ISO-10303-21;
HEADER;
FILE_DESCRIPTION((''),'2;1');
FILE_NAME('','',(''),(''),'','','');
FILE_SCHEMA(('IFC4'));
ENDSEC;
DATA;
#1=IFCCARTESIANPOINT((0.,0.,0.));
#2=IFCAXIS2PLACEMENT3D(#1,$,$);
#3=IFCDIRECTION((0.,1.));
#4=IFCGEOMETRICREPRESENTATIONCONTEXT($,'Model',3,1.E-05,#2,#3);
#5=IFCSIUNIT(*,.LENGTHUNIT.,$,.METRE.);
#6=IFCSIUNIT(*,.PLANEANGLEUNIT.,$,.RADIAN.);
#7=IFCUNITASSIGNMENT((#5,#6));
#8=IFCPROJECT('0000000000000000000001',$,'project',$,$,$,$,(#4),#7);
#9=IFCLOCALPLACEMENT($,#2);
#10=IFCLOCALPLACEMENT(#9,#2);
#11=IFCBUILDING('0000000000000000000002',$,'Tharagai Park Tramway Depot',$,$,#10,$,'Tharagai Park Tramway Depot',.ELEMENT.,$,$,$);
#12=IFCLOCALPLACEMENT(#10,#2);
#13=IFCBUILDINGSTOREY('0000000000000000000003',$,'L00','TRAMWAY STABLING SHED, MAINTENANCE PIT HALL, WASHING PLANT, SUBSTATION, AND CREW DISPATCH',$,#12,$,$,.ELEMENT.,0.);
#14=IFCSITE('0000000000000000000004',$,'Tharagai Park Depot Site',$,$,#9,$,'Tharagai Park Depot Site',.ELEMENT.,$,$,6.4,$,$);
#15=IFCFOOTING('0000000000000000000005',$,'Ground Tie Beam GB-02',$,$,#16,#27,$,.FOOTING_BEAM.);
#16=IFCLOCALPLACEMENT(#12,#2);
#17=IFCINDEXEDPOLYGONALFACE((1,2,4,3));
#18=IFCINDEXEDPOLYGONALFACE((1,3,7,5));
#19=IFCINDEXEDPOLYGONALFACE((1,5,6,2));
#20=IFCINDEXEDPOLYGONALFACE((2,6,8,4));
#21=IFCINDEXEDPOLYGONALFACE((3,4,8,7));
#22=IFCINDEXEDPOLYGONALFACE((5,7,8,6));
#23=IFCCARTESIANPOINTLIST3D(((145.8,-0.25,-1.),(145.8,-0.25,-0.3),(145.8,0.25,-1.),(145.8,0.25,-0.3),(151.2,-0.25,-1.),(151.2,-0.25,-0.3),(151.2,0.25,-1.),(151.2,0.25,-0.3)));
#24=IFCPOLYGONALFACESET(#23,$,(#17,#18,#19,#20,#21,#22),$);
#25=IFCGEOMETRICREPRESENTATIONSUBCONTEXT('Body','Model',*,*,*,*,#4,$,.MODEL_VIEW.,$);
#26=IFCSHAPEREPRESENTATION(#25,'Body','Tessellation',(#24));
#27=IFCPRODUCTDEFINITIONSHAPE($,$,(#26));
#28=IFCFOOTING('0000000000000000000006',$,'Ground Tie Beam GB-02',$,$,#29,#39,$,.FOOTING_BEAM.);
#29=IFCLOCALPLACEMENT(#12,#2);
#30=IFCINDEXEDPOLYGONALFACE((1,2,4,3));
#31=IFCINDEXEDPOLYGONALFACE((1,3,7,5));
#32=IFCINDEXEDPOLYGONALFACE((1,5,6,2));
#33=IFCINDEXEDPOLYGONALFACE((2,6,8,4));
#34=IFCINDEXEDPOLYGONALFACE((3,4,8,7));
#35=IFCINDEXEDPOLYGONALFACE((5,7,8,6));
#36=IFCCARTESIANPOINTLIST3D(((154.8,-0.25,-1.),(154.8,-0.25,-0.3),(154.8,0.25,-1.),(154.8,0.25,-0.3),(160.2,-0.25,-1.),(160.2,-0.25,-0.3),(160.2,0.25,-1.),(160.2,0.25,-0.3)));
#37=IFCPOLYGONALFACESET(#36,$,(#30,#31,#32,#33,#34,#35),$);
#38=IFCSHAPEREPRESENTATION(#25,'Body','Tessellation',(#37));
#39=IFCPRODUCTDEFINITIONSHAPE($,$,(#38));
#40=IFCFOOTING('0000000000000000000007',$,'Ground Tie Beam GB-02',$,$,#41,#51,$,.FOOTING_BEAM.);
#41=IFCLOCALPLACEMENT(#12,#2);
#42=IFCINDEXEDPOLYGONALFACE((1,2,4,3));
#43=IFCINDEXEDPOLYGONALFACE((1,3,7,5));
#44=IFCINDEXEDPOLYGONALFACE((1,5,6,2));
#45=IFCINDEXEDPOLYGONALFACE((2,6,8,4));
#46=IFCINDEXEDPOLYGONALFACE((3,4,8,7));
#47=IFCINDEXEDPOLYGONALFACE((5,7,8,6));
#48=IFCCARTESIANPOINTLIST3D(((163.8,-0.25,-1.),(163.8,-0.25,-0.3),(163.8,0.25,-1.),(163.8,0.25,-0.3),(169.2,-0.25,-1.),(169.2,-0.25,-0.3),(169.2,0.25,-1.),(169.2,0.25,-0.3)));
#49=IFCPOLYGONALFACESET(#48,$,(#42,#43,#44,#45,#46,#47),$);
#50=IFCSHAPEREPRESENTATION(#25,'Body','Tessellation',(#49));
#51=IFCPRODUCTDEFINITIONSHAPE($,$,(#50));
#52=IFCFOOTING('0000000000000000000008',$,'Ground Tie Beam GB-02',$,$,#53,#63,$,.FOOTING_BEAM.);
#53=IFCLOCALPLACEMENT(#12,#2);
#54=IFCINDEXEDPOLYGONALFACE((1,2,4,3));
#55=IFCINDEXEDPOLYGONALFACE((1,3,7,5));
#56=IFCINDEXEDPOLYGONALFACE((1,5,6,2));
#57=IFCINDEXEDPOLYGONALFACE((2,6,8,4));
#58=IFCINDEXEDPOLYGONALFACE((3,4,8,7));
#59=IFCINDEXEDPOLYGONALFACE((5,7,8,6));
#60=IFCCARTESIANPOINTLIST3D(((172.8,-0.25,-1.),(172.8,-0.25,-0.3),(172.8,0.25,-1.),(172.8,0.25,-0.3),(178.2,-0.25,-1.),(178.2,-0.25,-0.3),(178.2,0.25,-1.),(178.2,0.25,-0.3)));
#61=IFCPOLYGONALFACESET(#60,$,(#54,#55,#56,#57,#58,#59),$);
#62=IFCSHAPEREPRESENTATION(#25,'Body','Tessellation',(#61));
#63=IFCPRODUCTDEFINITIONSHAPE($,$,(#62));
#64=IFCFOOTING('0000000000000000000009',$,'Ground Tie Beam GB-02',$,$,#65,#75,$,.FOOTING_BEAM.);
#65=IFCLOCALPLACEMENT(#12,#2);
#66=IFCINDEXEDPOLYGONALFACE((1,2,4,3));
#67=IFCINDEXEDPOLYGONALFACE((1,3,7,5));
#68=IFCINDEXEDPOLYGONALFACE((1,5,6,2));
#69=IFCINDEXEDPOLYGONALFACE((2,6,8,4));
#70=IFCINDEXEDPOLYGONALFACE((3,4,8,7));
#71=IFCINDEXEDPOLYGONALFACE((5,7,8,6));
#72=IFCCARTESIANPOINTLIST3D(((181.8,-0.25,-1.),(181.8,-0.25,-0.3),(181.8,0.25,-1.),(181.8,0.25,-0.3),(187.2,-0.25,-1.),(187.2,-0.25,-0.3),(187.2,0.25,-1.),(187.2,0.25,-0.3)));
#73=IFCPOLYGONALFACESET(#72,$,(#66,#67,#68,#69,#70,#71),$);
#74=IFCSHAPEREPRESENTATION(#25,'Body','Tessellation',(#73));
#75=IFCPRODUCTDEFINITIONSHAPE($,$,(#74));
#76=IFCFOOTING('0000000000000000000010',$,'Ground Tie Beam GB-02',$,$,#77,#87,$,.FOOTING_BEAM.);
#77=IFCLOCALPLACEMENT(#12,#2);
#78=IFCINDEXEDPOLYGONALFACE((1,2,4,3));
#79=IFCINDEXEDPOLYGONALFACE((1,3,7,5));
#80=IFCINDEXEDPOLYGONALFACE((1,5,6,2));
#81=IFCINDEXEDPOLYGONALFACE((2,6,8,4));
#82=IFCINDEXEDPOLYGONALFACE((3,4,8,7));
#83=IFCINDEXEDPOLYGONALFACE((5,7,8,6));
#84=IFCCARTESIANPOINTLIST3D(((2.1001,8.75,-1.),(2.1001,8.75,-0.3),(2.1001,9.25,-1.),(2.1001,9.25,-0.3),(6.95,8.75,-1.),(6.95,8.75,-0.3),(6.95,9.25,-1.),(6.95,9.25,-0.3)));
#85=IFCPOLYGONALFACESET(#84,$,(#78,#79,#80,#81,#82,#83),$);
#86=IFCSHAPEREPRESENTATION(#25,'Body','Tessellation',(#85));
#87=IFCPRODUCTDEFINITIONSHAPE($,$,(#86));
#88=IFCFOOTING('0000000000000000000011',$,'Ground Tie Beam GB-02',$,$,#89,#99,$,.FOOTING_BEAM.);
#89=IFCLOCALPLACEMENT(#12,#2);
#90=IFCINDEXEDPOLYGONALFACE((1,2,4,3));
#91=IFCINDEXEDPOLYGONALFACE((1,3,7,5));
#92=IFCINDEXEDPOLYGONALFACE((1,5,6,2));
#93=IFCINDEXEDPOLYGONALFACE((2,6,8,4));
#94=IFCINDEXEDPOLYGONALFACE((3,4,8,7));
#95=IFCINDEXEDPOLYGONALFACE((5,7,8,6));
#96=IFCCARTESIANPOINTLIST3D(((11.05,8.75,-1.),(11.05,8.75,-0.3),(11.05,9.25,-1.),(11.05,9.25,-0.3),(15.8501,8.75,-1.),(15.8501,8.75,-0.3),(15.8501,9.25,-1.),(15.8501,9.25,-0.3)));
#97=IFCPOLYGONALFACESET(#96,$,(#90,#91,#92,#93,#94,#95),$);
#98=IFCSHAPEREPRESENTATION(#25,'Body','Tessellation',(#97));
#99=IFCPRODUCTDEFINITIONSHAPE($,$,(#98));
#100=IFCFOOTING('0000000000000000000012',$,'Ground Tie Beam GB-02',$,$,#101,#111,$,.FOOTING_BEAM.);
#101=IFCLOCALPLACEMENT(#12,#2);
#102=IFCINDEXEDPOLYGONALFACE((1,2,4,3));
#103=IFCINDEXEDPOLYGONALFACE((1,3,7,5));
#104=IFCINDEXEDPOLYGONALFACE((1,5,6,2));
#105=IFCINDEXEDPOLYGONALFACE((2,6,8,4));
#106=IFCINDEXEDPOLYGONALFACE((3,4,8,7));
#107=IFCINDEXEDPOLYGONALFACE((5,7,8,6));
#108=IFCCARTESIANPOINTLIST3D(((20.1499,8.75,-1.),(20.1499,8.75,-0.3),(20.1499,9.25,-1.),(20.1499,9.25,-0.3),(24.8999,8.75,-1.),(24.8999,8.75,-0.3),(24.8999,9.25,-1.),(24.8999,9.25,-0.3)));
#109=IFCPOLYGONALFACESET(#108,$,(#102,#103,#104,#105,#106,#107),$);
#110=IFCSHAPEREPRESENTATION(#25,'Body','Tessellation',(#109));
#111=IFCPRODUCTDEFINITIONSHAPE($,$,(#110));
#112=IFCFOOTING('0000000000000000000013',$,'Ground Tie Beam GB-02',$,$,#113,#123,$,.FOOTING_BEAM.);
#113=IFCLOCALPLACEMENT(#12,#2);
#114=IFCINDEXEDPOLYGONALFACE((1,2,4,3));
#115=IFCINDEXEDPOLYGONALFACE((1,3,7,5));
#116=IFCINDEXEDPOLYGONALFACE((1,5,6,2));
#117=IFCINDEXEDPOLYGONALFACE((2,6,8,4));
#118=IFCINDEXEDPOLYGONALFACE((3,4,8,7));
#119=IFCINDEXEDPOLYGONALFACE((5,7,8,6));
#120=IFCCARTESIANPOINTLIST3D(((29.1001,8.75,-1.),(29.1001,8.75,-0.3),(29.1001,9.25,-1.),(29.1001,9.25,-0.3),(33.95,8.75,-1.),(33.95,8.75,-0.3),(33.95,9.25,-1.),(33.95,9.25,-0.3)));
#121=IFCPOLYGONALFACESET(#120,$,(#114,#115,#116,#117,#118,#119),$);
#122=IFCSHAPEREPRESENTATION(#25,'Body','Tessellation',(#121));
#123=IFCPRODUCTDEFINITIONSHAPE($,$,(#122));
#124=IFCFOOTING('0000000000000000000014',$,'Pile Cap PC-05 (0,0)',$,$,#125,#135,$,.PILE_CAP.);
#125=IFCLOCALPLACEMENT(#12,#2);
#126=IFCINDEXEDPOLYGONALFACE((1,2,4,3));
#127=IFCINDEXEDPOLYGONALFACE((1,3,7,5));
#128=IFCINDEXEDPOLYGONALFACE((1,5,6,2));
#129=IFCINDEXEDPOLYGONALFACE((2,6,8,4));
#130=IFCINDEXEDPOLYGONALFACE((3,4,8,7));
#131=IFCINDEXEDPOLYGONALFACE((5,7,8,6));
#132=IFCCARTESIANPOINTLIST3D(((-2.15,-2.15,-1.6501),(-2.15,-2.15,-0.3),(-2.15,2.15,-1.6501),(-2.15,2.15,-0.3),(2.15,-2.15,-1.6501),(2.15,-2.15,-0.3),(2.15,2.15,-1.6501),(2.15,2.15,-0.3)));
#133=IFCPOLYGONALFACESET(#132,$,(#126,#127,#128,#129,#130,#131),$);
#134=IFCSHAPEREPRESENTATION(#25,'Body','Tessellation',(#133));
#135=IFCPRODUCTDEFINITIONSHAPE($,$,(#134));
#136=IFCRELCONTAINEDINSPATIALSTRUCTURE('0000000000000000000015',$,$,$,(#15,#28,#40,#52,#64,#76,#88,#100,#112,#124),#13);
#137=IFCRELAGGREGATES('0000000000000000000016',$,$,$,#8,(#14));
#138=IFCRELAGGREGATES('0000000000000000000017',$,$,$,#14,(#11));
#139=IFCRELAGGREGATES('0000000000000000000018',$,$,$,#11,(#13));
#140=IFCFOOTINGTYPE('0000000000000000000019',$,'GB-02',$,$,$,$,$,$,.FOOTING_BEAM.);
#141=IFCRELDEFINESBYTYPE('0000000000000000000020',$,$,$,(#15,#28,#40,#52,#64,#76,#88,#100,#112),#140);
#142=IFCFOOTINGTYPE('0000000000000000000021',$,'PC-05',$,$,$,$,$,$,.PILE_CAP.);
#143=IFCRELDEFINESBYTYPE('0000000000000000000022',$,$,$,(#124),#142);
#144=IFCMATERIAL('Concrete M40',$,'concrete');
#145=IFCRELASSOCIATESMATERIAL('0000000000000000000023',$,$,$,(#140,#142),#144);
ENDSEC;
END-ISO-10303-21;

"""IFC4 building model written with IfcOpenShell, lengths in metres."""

from ifc_helpers import new_model, si_unit, direction, frame, origin, origin_2d, place, context, subcontext, project, spatial, polyline, rectangle, outline, extrude, material, type_object, element, save


model = new_model("IFC4")

# Units and contexts
model_context = context("Model", 3, precision=1e-05, world=origin(), true_north=direction((0.0, 1.0)))
body_context = subcontext(model_context, "Body", "Model", "MODEL_VIEW")
ifc_project = project(units=[si_unit("LENGTHUNIT", "METRE"), si_unit("PLANEANGLEUNIT", "RADIAN")], contexts=[model_context])

# Site, building, storey
site_placement = place(None, origin())
site = spatial("IfcSite", under=ifc_project, at=site_placement, Name="Tharagai Park Depot Site", LongName="Tharagai Park Depot Site", CompositionType="ELEMENT", RefElevation=6.4)
building_placement = place(site_placement, origin())
building = spatial("IfcBuilding", under=site, at=building_placement, Name="Tharagai Park Tramway Depot", LongName="Tharagai Park Tramway Depot", CompositionType="ELEMENT")
storey_placement = place(building_placement, origin())
storey = spatial("IfcBuildingStorey", under=building, at=storey_placement, Name="L00", Description="TRAMWAY STABLING SHED, MAINTENANCE PIT HALL, WASHING PLANT, SUBSTATION, AND CREW DISPATCH", CompositionType="ELEMENT", Elevation=0.0)

# Shared definitions
ifc_material = material(Name="Concrete M40", Category="concrete")

# Footings
footing_type_1 = type_object("IfcFootingType", Name="GB-02", PredefinedType="FOOTING_BEAM", material=ifc_material)
footing_1_placement = place(storey_placement, frame((0.0, 0.0, -1.0)))
element("IfcFooting", 1, at=footing_1_placement, inside=storey, type_object=footing_type_1, Name="Ground Tie Beam GB-02", PredefinedType="FOOTING_BEAM", context=body_context, shape_type="SweptSolid", body=[
    extrude(outline(polyline([(145.8, -0.25), (151.2, -0.25), (151.2, 0.25), (145.8, 0.25), (145.8, -0.25)])), origin(), (0.0, 0.0, 1.0), 0.7),
])
footing_2_placement = place(storey_placement, frame((0.0, 0.0, -1.0)))
element("IfcFooting", 2, at=footing_2_placement, inside=storey, type_object=footing_type_1, Name="Ground Tie Beam GB-02", PredefinedType="FOOTING_BEAM", context=body_context, shape_type="SweptSolid", body=[
    extrude(outline(polyline([(154.8, -0.25), (160.2, -0.25), (160.2, 0.25), (154.8, 0.25), (154.8, -0.25)])), origin(), (0.0, 0.0, 1.0), 0.7),
])
footing_3_placement = place(storey_placement, frame((0.0, 0.0, -1.0)))
element("IfcFooting", 3, at=footing_3_placement, inside=storey, type_object=footing_type_1, Name="Ground Tie Beam GB-02", PredefinedType="FOOTING_BEAM", context=body_context, shape_type="SweptSolid", body=[
    extrude(outline(polyline([(163.8, -0.25), (169.2, -0.25), (169.2, 0.25), (163.8, 0.25), (163.8, -0.25)])), origin(), (0.0, 0.0, 1.0), 0.7),
])
footing_4_placement = place(storey_placement, frame((0.0, 0.0, -1.0)))
element("IfcFooting", 4, at=footing_4_placement, inside=storey, type_object=footing_type_1, Name="Ground Tie Beam GB-02", PredefinedType="FOOTING_BEAM", context=body_context, shape_type="SweptSolid", body=[
    extrude(outline(polyline([(172.8, -0.25), (178.2, -0.25), (178.2, 0.25), (172.8, 0.25), (172.8, -0.25)])), origin(), (0.0, 0.0, 1.0), 0.7),
])
footing_5_placement = place(storey_placement, frame((0.0, 0.0, -1.0)))
element("IfcFooting", 5, at=footing_5_placement, inside=storey, type_object=footing_type_1, Name="Ground Tie Beam GB-02", PredefinedType="FOOTING_BEAM", context=body_context, shape_type="SweptSolid", body=[
    extrude(outline(polyline([(181.8, -0.25), (187.2, -0.25), (187.2, 0.25), (181.8, 0.25), (181.8, -0.25)])), origin(), (0.0, 0.0, 1.0), 0.7),
])
footing_6_placement = place(storey_placement, frame((0.0, 0.0, -1.0)))
element("IfcFooting", 6, at=footing_6_placement, inside=storey, type_object=footing_type_1, Name="Ground Tie Beam GB-02", PredefinedType="FOOTING_BEAM", context=body_context, shape_type="SweptSolid", body=[
    extrude(outline(polyline([(2.1001, 8.75), (6.95, 8.75), (6.95, 9.25), (2.1001, 9.25), (2.1001, 8.75)])), origin(), (0.0, 0.0, 1.0), 0.7),
])
footing_7_placement = place(storey_placement, frame((0.0, 0.0, -1.0)))
element("IfcFooting", 7, at=footing_7_placement, inside=storey, type_object=footing_type_1, Name="Ground Tie Beam GB-02", PredefinedType="FOOTING_BEAM", context=body_context, shape_type="SweptSolid", body=[
    extrude(outline(polyline([(11.05, 8.75), (15.8501, 8.75), (15.8501, 9.25), (11.05, 9.25), (11.05, 8.75)])), origin(), (0.0, 0.0, 1.0), 0.7),
])
footing_8_placement = place(storey_placement, frame((0.0, 0.0, -1.0)))
element("IfcFooting", 8, at=footing_8_placement, inside=storey, type_object=footing_type_1, Name="Ground Tie Beam GB-02", PredefinedType="FOOTING_BEAM", context=body_context, shape_type="SweptSolid", body=[
    extrude(outline(polyline([(20.1499, 8.75), (24.8999, 8.75), (24.8999, 9.25), (20.1499, 9.25), (20.1499, 8.75)])), origin(), (0.0, 0.0, 1.0), 0.7),
])
footing_9_placement = place(storey_placement, frame((0.0, 0.0, -1.0)))
element("IfcFooting", 9, at=footing_9_placement, inside=storey, type_object=footing_type_1, Name="Ground Tie Beam GB-02", PredefinedType="FOOTING_BEAM", context=body_context, shape_type="SweptSolid", body=[
    extrude(outline(polyline([(29.1001, 8.75), (33.95, 8.75), (33.95, 9.25), (29.1001, 9.25), (29.1001, 8.75)])), origin(), (0.0, 0.0, 1.0), 0.7),
])
footing_type_2 = type_object("IfcFootingType", Name="PC-05", PredefinedType="PILE_CAP", material=ifc_material)
footing_10_placement = place(storey_placement, frame((0.0, 0.0, -1.6501), z_axis=(0.0, 0.0, 1.0), x_axis=(1.0, 0.0, 0.0)))
element("IfcFooting", 10, at=footing_10_placement, inside=storey, type_object=footing_type_2, Name="Pile Cap PC-05 (0,0)", PredefinedType="PILE_CAP", context=body_context, shape_type="SweptSolid", body=[
    extrude(rectangle(XDim=4.3, YDim=4.3, at=origin_2d()), origin(), (0.0, 0.0, 1.0), 1.3501),
])

save(model, "model.ifc")
